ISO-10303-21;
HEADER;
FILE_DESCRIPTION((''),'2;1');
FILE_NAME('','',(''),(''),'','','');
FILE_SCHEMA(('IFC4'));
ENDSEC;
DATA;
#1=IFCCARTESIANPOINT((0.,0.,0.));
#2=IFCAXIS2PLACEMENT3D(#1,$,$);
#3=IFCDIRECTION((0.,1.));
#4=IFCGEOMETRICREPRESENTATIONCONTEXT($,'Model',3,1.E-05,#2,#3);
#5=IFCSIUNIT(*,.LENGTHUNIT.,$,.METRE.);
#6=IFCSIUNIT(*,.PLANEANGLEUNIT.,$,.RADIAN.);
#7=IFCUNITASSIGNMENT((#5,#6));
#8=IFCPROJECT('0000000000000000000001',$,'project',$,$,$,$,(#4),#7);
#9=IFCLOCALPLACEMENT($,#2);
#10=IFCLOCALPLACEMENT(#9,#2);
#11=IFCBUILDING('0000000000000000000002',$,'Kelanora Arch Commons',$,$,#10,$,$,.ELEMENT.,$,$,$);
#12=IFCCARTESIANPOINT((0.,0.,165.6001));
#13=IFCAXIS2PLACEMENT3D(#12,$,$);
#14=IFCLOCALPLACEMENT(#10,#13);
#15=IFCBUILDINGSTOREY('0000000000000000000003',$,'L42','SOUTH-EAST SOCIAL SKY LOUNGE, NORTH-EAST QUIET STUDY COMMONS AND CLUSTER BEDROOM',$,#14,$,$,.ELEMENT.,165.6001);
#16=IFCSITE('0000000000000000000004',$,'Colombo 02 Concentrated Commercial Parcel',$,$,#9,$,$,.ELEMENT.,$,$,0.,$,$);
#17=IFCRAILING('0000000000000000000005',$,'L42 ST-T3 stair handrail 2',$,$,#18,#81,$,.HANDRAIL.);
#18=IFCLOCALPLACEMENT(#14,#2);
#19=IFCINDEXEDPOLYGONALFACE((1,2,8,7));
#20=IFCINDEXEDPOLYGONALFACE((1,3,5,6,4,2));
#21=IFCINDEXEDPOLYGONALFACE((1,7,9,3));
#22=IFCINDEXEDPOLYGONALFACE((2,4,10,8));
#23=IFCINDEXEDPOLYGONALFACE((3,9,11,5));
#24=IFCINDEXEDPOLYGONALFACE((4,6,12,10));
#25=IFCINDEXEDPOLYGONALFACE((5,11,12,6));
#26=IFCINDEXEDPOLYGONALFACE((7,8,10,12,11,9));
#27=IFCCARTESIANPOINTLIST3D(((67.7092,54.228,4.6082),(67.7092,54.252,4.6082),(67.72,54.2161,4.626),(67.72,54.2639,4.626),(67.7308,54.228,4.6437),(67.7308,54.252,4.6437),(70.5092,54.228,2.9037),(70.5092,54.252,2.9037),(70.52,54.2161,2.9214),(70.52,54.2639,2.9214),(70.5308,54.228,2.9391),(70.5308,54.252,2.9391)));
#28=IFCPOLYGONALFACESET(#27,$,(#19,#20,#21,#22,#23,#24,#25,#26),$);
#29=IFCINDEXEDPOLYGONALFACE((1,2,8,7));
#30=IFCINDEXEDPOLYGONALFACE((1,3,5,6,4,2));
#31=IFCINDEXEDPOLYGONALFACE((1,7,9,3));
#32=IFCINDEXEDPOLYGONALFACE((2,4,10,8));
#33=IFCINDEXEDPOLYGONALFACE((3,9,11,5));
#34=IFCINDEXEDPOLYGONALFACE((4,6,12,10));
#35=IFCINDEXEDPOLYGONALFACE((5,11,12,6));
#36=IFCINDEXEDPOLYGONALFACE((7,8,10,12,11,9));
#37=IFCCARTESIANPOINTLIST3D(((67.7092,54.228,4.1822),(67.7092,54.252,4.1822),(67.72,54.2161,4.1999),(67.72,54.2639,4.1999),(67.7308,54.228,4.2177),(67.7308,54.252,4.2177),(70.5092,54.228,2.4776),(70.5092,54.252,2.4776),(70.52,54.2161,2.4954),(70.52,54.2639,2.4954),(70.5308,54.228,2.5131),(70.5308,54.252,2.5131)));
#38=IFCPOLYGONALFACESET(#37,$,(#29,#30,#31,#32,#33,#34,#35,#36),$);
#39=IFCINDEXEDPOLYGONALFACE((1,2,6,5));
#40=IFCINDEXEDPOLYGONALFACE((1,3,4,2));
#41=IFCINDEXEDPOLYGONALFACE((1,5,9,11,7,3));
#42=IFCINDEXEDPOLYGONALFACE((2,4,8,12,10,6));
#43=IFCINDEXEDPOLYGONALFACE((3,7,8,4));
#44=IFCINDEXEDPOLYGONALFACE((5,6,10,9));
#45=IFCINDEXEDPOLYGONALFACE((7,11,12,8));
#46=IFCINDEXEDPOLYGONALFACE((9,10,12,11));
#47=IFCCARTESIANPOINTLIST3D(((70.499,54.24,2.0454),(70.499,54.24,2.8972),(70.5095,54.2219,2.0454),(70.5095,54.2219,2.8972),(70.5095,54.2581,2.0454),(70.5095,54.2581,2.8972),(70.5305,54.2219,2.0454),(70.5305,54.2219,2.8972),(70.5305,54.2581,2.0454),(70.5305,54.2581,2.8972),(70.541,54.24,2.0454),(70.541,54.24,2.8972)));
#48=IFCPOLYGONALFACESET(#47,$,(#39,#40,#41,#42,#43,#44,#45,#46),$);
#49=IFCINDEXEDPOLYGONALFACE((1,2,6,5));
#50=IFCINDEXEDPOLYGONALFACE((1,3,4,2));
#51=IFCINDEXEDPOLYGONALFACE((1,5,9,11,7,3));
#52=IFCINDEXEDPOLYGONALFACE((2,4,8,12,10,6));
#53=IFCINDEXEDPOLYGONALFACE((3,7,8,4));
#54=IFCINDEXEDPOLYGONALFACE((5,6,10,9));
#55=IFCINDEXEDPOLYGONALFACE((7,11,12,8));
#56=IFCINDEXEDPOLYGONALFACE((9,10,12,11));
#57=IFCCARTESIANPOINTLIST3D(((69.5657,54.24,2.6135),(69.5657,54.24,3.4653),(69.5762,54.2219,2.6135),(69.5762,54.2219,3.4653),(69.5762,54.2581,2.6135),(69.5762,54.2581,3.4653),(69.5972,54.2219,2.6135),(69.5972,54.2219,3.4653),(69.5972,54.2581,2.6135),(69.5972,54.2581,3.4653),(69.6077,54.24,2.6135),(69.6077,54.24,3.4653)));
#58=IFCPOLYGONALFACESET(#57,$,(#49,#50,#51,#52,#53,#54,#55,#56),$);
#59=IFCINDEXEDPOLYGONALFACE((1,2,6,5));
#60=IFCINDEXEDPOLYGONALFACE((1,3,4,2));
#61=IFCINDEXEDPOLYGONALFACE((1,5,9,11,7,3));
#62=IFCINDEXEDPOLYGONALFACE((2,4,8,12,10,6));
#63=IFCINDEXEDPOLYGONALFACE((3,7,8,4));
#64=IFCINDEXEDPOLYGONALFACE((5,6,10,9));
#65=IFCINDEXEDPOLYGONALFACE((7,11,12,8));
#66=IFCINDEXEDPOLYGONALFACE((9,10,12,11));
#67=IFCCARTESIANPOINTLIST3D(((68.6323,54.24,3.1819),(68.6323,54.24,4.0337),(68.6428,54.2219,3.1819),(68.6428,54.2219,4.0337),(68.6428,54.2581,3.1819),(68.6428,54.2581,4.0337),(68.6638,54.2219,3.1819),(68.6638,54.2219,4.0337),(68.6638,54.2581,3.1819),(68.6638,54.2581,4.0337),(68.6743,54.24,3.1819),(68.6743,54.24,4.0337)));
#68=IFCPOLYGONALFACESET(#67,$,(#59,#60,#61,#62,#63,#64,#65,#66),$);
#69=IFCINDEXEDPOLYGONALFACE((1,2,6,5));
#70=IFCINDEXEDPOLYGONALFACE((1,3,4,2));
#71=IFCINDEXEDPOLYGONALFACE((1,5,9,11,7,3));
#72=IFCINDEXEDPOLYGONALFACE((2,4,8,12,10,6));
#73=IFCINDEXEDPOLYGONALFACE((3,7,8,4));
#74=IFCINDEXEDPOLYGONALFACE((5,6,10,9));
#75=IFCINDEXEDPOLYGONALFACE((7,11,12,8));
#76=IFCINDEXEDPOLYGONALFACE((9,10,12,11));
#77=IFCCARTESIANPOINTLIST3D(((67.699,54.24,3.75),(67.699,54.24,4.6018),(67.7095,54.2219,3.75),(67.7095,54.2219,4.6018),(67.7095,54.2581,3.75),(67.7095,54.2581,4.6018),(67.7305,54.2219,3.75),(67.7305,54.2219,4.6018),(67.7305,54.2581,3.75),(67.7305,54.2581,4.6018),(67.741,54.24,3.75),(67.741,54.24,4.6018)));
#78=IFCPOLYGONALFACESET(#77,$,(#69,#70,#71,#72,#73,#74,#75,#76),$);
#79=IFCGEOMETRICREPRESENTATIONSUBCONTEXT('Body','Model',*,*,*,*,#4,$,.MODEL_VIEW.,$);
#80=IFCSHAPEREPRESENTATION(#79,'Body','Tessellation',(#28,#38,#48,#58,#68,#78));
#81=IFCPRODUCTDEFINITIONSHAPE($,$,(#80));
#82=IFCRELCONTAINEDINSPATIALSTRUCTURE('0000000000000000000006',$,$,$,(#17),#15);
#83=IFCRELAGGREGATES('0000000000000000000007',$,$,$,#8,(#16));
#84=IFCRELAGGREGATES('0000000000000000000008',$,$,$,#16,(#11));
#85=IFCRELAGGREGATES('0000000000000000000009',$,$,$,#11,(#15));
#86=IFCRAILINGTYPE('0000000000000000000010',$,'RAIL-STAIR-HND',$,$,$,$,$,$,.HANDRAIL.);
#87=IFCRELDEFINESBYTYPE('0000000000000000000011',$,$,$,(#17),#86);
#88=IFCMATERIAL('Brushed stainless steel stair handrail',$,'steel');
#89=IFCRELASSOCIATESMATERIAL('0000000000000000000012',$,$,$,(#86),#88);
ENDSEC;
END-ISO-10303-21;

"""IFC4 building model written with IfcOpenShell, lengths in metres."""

from ifc_helpers import new_model, si_unit, direction, frame, origin, place, context, subcontext, project, spatial, polyline, outline, extrude, material, type_object, element, save


model = new_model("IFC4")

# Units and contexts
model_context = context("Model", 3, precision=1e-05, world=origin(), true_north=direction((0.0, 1.0)))
body_context = subcontext(model_context, "Body", "Model", "MODEL_VIEW")
ifc_project = project(units=[si_unit("LENGTHUNIT", "METRE"), si_unit("PLANEANGLEUNIT", "RADIAN")], contexts=[model_context])

# Site, building, storey
site_placement = place(None, origin())
site = spatial("IfcSite", under=ifc_project, at=site_placement, Name="Colombo 02 Concentrated Commercial Parcel", CompositionType="ELEMENT", RefElevation=0.0)
building_placement = place(site_placement, origin())
building = spatial("IfcBuilding", under=site, at=building_placement, Name="Kelanora Arch Commons", CompositionType="ELEMENT")
storey_placement = place(building_placement, frame((0.0, 0.0, 165.6001)))
storey = spatial("IfcBuildingStorey", under=building, at=storey_placement, Name="L42", Description="SOUTH-EAST SOCIAL SKY LOUNGE, NORTH-EAST QUIET STUDY COMMONS AND CLUSTER BEDROOM", CompositionType="ELEMENT", Elevation=165.6001)

# Railing
ifc_material_1 = material(Name="Brushed stainless steel stair handrail", Category="steel")
railing_type_1 = type_object("IfcRailingType", Name="RAIL-STAIR-HND", PredefinedType="HANDRAIL", material=ifc_material_1)
railing_1_placement = place(storey_placement, frame((70.52, 54.24, 2.0454)))
element("IfcRailing", 1, at=railing_1_placement, inside=storey, type_object=railing_type_1, Name="L42 ST-T3 stair handrail 2", PredefinedType="HANDRAIL", context=body_context, shape_type="SweptSolid", body=[
    extrude(outline(polyline([(0.0239, 0.0), (0.012, 0.0208), (-0.012, 0.0208), (-0.0239, 0.0), (-0.012, -0.0208), (0.012, -0.0208), (0.0239, 0.0)])), frame((0.0, 0.0, 0.876), z_axis=(-0.85417, 0.0, 0.519994), x_axis=(0.0, -1.0, 0.0)), (0.0, 0.0, 1.0), 3.2781),
    extrude(outline(polyline([(0.0239, 0.0), (0.012, 0.0208), (-0.012, 0.0208), (-0.0239, 0.0), (-0.012, -0.0208), (0.012, -0.0208), (0.0239, 0.0)])), frame((0.0, 0.0, 0.45), z_axis=(-0.85417, 0.0, 0.519994), x_axis=(0.0, -1.0, 0.0)), (0.0, 0.0, 1.0), 3.2781),
    extrude(outline(polyline([(0.021, 0.0), (0.0105, 0.0181), (-0.0105, 0.0181), (-0.021, 0.0), (-0.0105, -0.0181), (0.0105, -0.0181), (0.021, 0.0)])), origin(), (0.0, 0.0, 1.0), 0.8518),
    extrude(outline(polyline([(0.021, 0.0), (0.0105, 0.0181), (-0.0105, 0.0181), (-0.021, 0.0), (-0.0105, -0.0181), (0.0105, -0.0181), (0.021, 0.0)])), frame((-0.9333, 0.0, 0.5681)), (0.0, 0.0, 1.0), 0.8518),
    extrude(outline(polyline([(0.021, 0.0), (0.0105, 0.0181), (-0.0105, 0.0181), (-0.021, 0.0), (-0.0105, -0.0181), (0.0105, -0.0181), (0.021, 0.0)])), frame((-1.8667, 0.0, 1.1365)), (0.0, 0.0, 1.0), 0.8518),
    extrude(outline(polyline([(0.021, 0.0), (0.0105, 0.0181), (-0.0105, 0.0181), (-0.021, 0.0), (-0.0105, -0.0181), (0.0105, -0.0181), (0.021, 0.0)])), frame((-2.8, 0.0, 1.7046)), (0.0, 0.0, 1.0), 0.8518),
])

save(model, "model.ifc")
